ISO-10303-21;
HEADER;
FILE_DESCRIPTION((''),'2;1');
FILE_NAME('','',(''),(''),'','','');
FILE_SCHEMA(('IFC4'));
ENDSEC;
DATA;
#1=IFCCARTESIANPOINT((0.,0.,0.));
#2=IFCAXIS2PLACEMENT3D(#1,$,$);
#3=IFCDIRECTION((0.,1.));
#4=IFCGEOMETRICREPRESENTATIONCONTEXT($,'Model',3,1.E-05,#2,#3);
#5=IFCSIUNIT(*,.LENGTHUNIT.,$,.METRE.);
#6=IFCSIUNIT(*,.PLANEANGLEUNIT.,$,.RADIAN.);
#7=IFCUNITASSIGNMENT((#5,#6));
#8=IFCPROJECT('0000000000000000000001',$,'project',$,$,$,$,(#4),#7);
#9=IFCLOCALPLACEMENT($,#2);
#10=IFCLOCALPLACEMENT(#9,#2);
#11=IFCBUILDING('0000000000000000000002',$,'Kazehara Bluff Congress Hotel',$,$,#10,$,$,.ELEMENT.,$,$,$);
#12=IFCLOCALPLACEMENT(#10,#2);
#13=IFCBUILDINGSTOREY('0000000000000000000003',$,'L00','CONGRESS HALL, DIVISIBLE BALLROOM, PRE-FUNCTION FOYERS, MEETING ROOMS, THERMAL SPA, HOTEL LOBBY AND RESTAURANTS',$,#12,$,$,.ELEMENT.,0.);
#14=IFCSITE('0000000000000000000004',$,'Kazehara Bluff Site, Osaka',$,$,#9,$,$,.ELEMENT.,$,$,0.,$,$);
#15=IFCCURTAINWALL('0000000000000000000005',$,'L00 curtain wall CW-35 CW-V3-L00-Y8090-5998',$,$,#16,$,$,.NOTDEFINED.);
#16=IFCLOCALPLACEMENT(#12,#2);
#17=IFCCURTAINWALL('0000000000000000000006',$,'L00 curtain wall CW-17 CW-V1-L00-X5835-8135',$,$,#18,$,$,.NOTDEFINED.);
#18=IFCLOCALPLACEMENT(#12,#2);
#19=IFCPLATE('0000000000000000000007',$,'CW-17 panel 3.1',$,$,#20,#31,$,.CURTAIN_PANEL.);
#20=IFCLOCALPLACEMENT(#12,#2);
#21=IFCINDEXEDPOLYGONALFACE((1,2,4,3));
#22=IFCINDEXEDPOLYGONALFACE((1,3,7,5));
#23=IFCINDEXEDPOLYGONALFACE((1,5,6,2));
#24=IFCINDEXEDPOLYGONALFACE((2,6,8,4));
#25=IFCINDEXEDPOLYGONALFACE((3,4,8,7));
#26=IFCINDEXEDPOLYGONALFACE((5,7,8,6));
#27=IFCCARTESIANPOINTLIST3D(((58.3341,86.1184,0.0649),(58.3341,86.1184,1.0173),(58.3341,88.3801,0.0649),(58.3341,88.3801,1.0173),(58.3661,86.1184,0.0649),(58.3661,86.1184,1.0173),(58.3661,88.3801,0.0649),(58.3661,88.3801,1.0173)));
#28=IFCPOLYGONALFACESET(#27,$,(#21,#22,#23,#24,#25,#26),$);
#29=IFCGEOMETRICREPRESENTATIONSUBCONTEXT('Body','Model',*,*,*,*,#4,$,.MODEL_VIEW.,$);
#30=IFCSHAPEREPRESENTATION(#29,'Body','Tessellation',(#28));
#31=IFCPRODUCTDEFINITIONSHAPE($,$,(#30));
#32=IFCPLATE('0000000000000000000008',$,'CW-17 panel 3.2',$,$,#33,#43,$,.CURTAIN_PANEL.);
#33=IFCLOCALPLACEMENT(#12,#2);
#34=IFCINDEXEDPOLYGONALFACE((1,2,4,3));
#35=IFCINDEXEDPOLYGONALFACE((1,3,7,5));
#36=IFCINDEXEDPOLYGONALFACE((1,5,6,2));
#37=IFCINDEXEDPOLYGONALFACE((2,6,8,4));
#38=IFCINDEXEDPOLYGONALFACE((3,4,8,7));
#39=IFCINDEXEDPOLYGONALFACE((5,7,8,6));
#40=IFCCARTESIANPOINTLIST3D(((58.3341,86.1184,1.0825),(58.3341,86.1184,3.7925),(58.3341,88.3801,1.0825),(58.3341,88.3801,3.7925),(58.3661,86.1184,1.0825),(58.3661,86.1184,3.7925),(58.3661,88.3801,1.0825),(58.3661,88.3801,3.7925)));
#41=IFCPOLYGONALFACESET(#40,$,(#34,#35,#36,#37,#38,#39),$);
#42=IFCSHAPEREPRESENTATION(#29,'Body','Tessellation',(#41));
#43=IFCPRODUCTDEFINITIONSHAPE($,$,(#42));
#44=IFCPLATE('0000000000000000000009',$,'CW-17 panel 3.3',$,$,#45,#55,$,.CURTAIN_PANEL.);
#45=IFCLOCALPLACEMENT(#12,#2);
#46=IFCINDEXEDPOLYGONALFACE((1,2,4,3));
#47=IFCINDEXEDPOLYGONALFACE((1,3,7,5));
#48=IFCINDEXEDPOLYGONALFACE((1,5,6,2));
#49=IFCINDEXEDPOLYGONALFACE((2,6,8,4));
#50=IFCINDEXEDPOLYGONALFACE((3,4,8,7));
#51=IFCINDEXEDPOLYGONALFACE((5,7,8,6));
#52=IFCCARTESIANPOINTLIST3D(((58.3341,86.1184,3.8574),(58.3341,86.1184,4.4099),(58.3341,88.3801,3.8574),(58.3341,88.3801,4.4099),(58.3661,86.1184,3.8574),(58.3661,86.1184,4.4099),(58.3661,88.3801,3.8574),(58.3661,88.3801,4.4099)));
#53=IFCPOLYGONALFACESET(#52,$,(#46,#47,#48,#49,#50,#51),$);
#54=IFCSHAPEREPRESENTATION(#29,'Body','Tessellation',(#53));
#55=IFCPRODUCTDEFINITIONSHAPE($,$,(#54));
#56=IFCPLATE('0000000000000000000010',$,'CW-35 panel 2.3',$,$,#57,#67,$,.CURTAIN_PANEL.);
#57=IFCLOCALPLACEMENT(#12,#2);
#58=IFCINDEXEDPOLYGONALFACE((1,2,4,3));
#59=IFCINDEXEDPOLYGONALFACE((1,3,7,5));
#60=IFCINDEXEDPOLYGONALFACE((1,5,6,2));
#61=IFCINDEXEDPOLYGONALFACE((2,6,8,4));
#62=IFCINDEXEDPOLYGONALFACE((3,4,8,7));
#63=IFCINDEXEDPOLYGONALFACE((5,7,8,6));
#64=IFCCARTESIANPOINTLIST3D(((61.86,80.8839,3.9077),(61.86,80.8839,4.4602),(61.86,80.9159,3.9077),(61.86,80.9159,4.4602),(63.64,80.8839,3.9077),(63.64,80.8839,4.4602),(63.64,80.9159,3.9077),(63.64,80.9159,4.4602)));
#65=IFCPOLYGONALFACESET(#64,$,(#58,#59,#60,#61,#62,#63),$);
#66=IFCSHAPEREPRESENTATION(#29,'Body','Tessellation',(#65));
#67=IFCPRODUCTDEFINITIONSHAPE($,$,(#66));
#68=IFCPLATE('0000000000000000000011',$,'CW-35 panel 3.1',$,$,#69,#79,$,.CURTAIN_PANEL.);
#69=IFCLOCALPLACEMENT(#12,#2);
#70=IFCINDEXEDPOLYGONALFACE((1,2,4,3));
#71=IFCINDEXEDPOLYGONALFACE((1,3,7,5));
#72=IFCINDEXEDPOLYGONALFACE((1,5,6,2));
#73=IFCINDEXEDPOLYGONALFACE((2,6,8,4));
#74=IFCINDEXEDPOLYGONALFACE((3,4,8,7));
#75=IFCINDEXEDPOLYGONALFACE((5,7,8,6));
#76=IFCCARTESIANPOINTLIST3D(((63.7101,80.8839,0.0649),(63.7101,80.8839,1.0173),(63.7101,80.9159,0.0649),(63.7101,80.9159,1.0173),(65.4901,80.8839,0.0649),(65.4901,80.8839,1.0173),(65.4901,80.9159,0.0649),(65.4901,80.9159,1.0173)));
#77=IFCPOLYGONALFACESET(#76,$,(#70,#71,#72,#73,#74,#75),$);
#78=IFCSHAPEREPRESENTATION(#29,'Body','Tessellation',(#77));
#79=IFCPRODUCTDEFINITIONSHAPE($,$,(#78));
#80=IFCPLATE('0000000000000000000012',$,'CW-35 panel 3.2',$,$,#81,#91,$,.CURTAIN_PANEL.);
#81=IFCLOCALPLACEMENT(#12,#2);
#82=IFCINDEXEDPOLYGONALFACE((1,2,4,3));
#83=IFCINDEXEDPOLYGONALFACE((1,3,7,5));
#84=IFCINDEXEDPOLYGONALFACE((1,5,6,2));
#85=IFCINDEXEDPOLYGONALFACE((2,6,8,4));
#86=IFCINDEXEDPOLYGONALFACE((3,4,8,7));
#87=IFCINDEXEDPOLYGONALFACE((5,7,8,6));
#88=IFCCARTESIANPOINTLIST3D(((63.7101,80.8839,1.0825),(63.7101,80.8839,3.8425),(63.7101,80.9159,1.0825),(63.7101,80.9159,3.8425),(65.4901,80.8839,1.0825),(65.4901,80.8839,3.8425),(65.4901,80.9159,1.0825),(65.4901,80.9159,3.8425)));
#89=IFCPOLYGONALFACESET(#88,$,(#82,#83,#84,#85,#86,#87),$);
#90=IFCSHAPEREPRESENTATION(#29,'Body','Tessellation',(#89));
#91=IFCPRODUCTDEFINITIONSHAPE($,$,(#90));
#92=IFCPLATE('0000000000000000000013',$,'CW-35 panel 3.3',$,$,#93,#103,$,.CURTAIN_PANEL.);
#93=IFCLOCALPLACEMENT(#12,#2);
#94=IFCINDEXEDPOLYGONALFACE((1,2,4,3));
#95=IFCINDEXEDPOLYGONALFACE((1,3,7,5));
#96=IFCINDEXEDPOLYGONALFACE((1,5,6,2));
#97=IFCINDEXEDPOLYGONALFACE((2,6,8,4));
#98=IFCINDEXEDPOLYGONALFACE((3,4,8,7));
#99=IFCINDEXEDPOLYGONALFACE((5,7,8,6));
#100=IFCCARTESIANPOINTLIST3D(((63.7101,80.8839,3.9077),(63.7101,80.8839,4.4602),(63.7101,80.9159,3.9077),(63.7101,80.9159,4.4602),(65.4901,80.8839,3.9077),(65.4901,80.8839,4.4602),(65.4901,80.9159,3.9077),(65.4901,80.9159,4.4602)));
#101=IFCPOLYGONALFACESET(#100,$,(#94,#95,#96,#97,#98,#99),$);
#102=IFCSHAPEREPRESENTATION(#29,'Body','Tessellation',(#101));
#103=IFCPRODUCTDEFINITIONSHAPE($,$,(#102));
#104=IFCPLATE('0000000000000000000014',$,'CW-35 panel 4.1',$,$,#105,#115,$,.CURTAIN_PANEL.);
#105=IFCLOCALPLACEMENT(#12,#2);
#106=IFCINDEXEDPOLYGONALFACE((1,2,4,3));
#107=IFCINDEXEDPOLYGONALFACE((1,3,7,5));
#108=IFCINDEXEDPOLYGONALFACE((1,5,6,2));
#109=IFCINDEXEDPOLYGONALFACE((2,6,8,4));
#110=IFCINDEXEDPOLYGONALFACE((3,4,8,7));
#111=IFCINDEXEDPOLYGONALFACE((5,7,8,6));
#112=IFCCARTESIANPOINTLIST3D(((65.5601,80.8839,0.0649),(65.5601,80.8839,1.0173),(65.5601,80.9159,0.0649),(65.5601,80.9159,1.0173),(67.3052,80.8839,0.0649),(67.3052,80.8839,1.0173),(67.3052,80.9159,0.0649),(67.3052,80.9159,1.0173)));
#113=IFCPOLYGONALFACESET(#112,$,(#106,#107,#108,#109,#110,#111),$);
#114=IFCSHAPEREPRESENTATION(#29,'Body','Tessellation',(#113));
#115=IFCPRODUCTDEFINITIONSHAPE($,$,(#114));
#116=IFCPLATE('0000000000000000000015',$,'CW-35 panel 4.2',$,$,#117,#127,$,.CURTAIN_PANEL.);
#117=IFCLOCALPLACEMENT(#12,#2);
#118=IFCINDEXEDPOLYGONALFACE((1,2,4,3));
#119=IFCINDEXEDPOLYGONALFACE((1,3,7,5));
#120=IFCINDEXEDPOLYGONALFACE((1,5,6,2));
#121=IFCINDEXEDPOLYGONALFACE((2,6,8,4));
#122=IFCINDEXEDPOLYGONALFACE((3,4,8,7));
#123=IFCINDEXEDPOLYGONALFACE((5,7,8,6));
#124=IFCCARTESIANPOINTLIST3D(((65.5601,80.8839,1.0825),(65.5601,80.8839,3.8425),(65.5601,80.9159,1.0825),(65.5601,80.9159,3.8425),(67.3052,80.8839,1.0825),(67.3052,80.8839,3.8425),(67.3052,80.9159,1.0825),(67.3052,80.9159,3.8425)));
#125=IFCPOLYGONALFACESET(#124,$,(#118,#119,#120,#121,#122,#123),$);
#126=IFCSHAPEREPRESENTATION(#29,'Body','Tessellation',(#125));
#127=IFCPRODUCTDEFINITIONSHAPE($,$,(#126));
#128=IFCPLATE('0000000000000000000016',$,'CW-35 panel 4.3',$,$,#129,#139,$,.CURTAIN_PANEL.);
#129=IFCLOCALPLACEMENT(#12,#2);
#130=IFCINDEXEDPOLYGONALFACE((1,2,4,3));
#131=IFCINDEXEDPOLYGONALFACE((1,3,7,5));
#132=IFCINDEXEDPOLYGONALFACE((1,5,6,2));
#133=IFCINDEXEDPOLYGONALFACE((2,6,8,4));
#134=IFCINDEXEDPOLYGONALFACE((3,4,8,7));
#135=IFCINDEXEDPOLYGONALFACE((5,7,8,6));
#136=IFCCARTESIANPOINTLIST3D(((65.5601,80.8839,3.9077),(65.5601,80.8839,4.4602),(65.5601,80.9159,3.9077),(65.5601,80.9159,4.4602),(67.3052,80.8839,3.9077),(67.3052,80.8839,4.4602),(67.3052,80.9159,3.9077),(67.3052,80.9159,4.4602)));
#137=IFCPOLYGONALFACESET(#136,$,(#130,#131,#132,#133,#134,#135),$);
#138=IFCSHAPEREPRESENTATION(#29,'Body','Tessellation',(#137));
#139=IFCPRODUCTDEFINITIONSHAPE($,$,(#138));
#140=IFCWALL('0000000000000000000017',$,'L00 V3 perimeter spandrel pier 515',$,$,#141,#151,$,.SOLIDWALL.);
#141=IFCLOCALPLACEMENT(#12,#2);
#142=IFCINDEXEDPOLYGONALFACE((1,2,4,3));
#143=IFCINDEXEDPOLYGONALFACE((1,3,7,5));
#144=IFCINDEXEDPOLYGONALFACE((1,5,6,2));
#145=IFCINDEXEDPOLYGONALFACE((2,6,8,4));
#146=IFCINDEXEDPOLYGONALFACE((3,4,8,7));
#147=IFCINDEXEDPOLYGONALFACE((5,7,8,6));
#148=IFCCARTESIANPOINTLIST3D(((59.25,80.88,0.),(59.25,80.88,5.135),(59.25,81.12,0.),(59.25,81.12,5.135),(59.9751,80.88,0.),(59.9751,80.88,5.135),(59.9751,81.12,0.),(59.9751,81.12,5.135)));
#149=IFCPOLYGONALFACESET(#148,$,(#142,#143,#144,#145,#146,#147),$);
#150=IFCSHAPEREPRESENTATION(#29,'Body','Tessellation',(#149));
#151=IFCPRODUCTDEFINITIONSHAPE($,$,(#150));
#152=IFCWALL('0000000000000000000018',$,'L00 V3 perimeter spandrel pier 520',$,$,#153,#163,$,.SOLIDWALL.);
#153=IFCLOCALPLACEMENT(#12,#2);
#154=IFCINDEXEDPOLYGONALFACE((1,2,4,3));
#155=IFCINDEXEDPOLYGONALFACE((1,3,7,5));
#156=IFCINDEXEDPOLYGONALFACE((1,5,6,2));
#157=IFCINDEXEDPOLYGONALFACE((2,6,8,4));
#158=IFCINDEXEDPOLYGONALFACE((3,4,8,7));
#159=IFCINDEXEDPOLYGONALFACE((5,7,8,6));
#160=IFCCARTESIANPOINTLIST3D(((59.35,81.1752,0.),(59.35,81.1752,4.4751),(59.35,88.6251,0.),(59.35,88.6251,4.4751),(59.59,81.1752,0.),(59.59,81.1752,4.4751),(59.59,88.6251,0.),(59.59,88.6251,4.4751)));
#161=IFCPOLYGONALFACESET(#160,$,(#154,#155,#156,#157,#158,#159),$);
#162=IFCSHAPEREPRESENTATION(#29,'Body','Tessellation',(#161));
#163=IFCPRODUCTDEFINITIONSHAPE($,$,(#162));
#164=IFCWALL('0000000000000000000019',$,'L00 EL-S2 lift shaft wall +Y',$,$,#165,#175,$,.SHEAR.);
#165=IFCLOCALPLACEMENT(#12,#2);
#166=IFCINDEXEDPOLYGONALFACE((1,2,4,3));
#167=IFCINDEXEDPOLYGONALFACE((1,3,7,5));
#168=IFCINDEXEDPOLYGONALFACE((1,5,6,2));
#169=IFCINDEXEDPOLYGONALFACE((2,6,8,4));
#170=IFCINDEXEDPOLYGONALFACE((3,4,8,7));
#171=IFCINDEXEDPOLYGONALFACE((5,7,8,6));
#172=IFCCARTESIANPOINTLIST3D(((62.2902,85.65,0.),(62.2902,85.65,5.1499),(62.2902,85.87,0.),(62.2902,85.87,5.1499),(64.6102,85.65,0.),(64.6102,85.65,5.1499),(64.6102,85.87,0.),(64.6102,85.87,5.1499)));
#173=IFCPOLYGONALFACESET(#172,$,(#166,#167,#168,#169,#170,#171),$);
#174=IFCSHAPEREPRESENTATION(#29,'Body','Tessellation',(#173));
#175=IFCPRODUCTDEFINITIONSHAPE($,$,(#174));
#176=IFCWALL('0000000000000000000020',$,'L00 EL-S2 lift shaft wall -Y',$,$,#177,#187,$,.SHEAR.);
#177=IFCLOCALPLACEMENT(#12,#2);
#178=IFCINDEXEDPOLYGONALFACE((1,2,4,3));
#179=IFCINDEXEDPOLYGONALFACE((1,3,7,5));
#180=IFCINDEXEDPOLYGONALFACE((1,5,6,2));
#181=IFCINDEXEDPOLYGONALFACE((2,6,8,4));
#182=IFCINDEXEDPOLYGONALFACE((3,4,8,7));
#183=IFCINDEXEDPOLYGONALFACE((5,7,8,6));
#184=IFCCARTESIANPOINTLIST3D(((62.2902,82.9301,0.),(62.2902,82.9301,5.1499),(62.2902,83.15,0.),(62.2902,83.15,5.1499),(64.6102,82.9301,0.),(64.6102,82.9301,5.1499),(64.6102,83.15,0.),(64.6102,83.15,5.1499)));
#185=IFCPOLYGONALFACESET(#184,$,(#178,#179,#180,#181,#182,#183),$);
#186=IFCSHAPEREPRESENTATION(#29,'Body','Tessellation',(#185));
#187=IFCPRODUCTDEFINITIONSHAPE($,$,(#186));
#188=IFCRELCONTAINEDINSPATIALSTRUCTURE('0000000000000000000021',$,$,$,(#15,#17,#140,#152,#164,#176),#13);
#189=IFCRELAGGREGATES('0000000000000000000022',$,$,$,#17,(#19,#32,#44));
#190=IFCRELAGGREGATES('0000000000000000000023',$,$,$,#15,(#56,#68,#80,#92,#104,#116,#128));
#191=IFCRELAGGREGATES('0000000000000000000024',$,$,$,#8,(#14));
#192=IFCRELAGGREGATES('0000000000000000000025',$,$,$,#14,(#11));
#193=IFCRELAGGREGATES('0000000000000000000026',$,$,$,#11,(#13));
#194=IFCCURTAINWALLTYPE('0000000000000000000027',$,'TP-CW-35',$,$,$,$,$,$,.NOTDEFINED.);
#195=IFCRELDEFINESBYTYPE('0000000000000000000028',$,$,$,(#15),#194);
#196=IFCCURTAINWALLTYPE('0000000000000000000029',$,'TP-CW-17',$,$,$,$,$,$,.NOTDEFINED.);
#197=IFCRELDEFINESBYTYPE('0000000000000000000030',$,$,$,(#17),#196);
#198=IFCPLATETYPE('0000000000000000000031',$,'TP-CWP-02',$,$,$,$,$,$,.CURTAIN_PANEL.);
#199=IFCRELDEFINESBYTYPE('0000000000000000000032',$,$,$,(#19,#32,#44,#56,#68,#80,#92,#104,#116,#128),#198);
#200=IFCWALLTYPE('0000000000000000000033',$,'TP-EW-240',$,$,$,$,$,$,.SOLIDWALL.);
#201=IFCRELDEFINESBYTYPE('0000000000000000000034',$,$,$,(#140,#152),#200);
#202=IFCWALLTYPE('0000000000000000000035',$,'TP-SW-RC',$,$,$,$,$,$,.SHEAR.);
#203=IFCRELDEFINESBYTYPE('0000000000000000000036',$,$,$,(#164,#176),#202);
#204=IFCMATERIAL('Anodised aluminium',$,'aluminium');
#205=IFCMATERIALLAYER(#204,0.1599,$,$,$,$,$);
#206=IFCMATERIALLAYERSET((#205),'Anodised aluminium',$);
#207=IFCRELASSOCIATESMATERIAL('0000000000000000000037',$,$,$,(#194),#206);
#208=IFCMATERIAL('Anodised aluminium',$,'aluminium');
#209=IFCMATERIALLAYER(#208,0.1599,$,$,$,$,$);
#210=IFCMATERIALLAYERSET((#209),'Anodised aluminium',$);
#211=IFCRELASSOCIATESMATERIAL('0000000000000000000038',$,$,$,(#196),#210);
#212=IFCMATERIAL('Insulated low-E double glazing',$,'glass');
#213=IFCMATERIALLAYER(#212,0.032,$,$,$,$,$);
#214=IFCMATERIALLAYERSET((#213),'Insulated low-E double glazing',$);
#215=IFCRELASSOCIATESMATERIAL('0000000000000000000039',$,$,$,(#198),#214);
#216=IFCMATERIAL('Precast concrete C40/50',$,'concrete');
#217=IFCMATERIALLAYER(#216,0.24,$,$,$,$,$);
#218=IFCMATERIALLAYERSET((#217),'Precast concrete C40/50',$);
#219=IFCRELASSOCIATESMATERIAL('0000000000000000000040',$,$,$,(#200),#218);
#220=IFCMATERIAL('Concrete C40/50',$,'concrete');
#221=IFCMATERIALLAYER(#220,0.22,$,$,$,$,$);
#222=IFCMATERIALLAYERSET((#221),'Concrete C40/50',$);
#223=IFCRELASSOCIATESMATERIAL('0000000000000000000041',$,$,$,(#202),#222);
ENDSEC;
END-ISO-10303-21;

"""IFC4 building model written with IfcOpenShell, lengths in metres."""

from ifc_helpers import new_model, si_unit, direction, frame, frame_2d, origin, origin_2d, place, context, subcontext, project, spatial, rectangle, extrude, material, layer, layer_set, type_object, element, aggregate, save


model = new_model("IFC4")

# Units and contexts
model_context = context("Model", 3, precision=1e-05, world=origin(), true_north=direction((0.0, 1.0)))
body_context = subcontext(model_context, "Body", "Model", "MODEL_VIEW")
ifc_project = project(units=[si_unit("LENGTHUNIT", "METRE"), si_unit("PLANEANGLEUNIT", "RADIAN")], contexts=[model_context])

# Site, building, storey
site_placement = place(None, origin())
site = spatial("IfcSite", under=ifc_project, at=site_placement, Name="Kazehara Bluff Site, Osaka", CompositionType="ELEMENT", RefElevation=0.0)
building_placement = place(site_placement, origin())
building = spatial("IfcBuilding", under=site, at=building_placement, Name="Kazehara Bluff Congress Hotel", CompositionType="ELEMENT")
storey_placement = place(building_placement, origin())
storey = spatial("IfcBuildingStorey", under=building, at=storey_placement, Name="L00", Description="CONGRESS HALL, DIVISIBLE BALLROOM, PRE-FUNCTION FOYERS, MEETING ROOMS, THERMAL SPA, HOTEL LOBBY AND RESTAURANTS", CompositionType="ELEMENT", Elevation=0.0)

# Curtain wall
ifc_material_1 = material(Name="Anodised aluminium", Category="aluminium")
ifc_layer_1 = layer(ifc_material_1, 0.1599)
ifc_layer_set_1 = layer_set([ifc_layer_1], Name="Anodised aluminium")
curtain_wall_type_1 = type_object("IfcCurtainWallType", Name="TP-CW-35", PredefinedType="NOTDEFINED", material=ifc_layer_set_1)
curtain_wall_1_placement = place(storey_placement, origin())
curtain_wall_1 = element("IfcCurtainWall", 1, at=curtain_wall_1_placement, inside=storey, type_object=curtain_wall_type_1, Name="L00 curtain wall CW-35 CW-V3-L00-Y8090-5998", PredefinedType="NOTDEFINED")

# Curtain wall
ifc_material_2 = material(Name="Anodised aluminium", Category="aluminium")
ifc_layer_2 = layer(ifc_material_2, 0.1599)
ifc_layer_set_2 = layer_set([ifc_layer_2], Name="Anodised aluminium")
curtain_wall_type_2 = type_object("IfcCurtainWallType", Name="TP-CW-17", PredefinedType="NOTDEFINED", material=ifc_layer_set_2)
curtain_wall_2_placement = place(storey_placement, origin())
curtain_wall_2 = element("IfcCurtainWall", 2, at=curtain_wall_2_placement, inside=storey, type_object=curtain_wall_type_2, Name="L00 curtain wall CW-17 CW-V1-L00-X5835-8135", PredefinedType="NOTDEFINED")

# Plates
ifc_material_3 = material(Name="Insulated low-E double glazing", Category="glass")
ifc_layer_3 = layer(ifc_material_3, 0.032)
ifc_layer_set_3 = layer_set([ifc_layer_3], Name="Insulated low-E double glazing")
plate_type = type_object("IfcPlateType", Name="TP-CWP-02", PredefinedType="CURTAIN_PANEL", material=ifc_layer_set_3)
plate_1_placement = place(storey_placement, frame((58.3501, 87.2493, 0.0649), z_axis=(0.0, 0.0, 1.0), x_axis=(0.0, 1.0, 0.0)))
plate_1 = element("IfcPlate", 3, at=plate_1_placement, type_object=plate_type, Name="CW-17 panel 3.1", PredefinedType="CURTAIN_PANEL", context=body_context, shape_type="SweptSolid", body=[
    extrude(rectangle(XDim=2.2617, YDim=0.032, at=origin_2d()), origin(), (0.0, 0.0, 1.0), 0.9524),
])
plate_2_placement = place(storey_placement, frame((58.3501, 87.2493, 1.0825), z_axis=(0.0, 0.0, 1.0), x_axis=(0.0, 1.0, 0.0)))
plate_2 = element("IfcPlate", 4, at=plate_2_placement, type_object=plate_type, Name="CW-17 panel 3.2", PredefinedType="CURTAIN_PANEL", context=body_context, shape_type="SweptSolid", body=[
    extrude(rectangle(XDim=2.2617, YDim=0.032, at=origin_2d()), origin(), (0.0, 0.0, 1.0), 2.71),
])
plate_3_placement = place(storey_placement, frame((58.3501, 87.2493, 3.8574), z_axis=(0.0, 0.0, 1.0), x_axis=(0.0, 1.0, 0.0)))
plate_3 = element("IfcPlate", 5, at=plate_3_placement, type_object=plate_type, Name="CW-17 panel 3.3", PredefinedType="CURTAIN_PANEL", context=body_context, shape_type="SweptSolid", body=[
    extrude(rectangle(XDim=2.2617, YDim=0.032, at=origin_2d()), origin(), (0.0, 0.0, 1.0), 0.5525),
])
aggregate(curtain_wall_2, [plate_1, plate_2, plate_3])
plate_4_placement = place(storey_placement, frame((62.75, 80.8999, 3.9077), z_axis=(0.0, 0.0, 1.0), x_axis=(1.0, 0.0, 0.0)))
plate_4 = element("IfcPlate", 6, at=plate_4_placement, type_object=plate_type, Name="CW-35 panel 2.3", PredefinedType="CURTAIN_PANEL", context=body_context, shape_type="SweptSolid", body=[
    extrude(rectangle(XDim=1.78, YDim=0.032, at=origin_2d()), origin(), (0.0, 0.0, 1.0), 0.5525),
])
plate_5_placement = place(storey_placement, frame((64.6001, 80.8999, 0.0649), z_axis=(0.0, 0.0, 1.0), x_axis=(1.0, 0.0, 0.0)))
plate_5 = element("IfcPlate", 7, at=plate_5_placement, type_object=plate_type, Name="CW-35 panel 3.1", PredefinedType="CURTAIN_PANEL", context=body_context, shape_type="SweptSolid", body=[
    extrude(rectangle(XDim=1.78, YDim=0.032, at=origin_2d()), origin(), (0.0, 0.0, 1.0), 0.9524),
])
plate_6_placement = place(storey_placement, frame((64.6001, 80.8999, 1.0825), z_axis=(0.0, 0.0, 1.0), x_axis=(1.0, 0.0, 0.0)))
plate_6 = element("IfcPlate", 8, at=plate_6_placement, type_object=plate_type, Name="CW-35 panel 3.2", PredefinedType="CURTAIN_PANEL", context=body_context, shape_type="SweptSolid", body=[
    extrude(rectangle(XDim=1.78, YDim=0.032, at=origin_2d()), origin(), (0.0, 0.0, 1.0), 2.76),
])
plate_7_placement = place(storey_placement, frame((64.6001, 80.8999, 3.9077), z_axis=(0.0, 0.0, 1.0), x_axis=(1.0, 0.0, 0.0)))
plate_7 = element("IfcPlate", 9, at=plate_7_placement, type_object=plate_type, Name="CW-35 panel 3.3", PredefinedType="CURTAIN_PANEL", context=body_context, shape_type="SweptSolid", body=[
    extrude(rectangle(XDim=1.78, YDim=0.032, at=origin_2d()), origin(), (0.0, 0.0, 1.0), 0.5525),
])
plate_8_placement = place(storey_placement, frame((66.4326, 80.8999, 0.0649), z_axis=(0.0, 0.0, 1.0), x_axis=(1.0, 0.0, 0.0)))
plate_8 = element("IfcPlate", 10, at=plate_8_placement, type_object=plate_type, Name="CW-35 panel 4.1", PredefinedType="CURTAIN_PANEL", context=body_context, shape_type="SweptSolid", body=[
    extrude(rectangle(XDim=1.7451, YDim=0.032, at=origin_2d()), origin(), (0.0, 0.0, 1.0), 0.9524),
])
plate_9_placement = place(storey_placement, frame((66.4326, 80.8999, 1.0825), z_axis=(0.0, 0.0, 1.0), x_axis=(1.0, 0.0, 0.0)))
plate_9 = element("IfcPlate", 11, at=plate_9_placement, type_object=plate_type, Name="CW-35 panel 4.2", PredefinedType="CURTAIN_PANEL", context=body_context, shape_type="SweptSolid", body=[
    extrude(rectangle(XDim=1.7451, YDim=0.032, at=origin_2d()), origin(), (0.0, 0.0, 1.0), 2.76),
])
plate_10_placement = place(storey_placement, frame((66.4326, 80.8999, 3.9077), z_axis=(0.0, 0.0, 1.0), x_axis=(1.0, 0.0, 0.0)))
plate_10 = element("IfcPlate", 12, at=plate_10_placement, type_object=plate_type, Name="CW-35 panel 4.3", PredefinedType="CURTAIN_PANEL", context=body_context, shape_type="SweptSolid", body=[
    extrude(rectangle(XDim=1.7451, YDim=0.032, at=origin_2d()), origin(), (0.0, 0.0, 1.0), 0.5525),
])
aggregate(curtain_wall_1, [plate_4, plate_5, plate_6, plate_7, plate_8, plate_9, plate_10])

# Walls
ifc_material_4 = material(Name="Precast concrete C40/50", Category="concrete")
ifc_layer_4 = layer(ifc_material_4, 0.24)
ifc_layer_set_4 = layer_set([ifc_layer_4], Name="Precast concrete C40/50")
wall_type_1 = type_object("IfcWallType", Name="TP-EW-240", PredefinedType="SOLIDWALL", material=ifc_layer_set_4)
wall_1_placement = place(storey_placement, frame((59.9751, 81.0, 0.0), z_axis=(0.0, 0.0, 1.0), x_axis=(-1.0, 0.0, 0.0)))
element("IfcWall", 13, at=wall_1_placement, inside=storey, type_object=wall_type_1, Name="L00 V3 perimeter spandrel pier 515", PredefinedType="SOLIDWALL", context=body_context, shape_type="SweptSolid", body=[
    extrude(rectangle(XDim=0.7251, YDim=0.24, at=frame_2d((0.3625, 0.0))), origin(), (0.0, 0.0, 1.0), 5.135),
])
wall_2_placement = place(storey_placement, frame((59.47, 81.175, 0.0), z_axis=(0.0, 0.0, 1.0), x_axis=(0.0, 1.0, 0.0)))
element("IfcWall", 14, at=wall_2_placement, inside=storey, type_object=wall_type_1, Name="L00 V3 perimeter spandrel pier 520", PredefinedType="SOLIDWALL", context=body_context, shape_type="SweptSolid", body=[
    extrude(rectangle(XDim=7.45, YDim=0.24, at=frame_2d((3.7251, 0.0))), origin(), (0.0, 0.0, 1.0), 4.4751),
])
ifc_material_5 = material(Name="Concrete C40/50", Category="concrete")
ifc_layer_5 = layer(ifc_material_5, 0.22)
ifc_layer_set_5 = layer_set([ifc_layer_5], Name="Concrete C40/50")
wall_type_2 = type_object("IfcWallType", Name="TP-SW-RC", PredefinedType="SHEAR", material=ifc_layer_set_5)
for number, where, z_axis, x_axis, name in (
    (15, (62.29, 85.76, 0.0), (0.0, 0.0, 1.0), (1.0, 0.0, 0.0), "L00 EL-S2 lift shaft wall +Y"),
    (16, (62.29, 83.04, 0.0), (0.0, 0.0, 1.0), (1.0, 0.0, 0.0), "L00 EL-S2 lift shaft wall -Y"),
):
    element("IfcWall", number, at=place(storey_placement, frame(where, z_axis=z_axis, x_axis=x_axis)), inside=storey, type_object=wall_type_2, Name=name, PredefinedType="SHEAR", context=body_context, shape_type="SweptSolid", body=[
        extrude(rectangle(XDim=2.3201, YDim=0.22, at=frame_2d((1.1602, 0.0))), origin(), (0.0, 0.0, 1.0), 5.1499),
    ])

save(model, "model.ifc")
